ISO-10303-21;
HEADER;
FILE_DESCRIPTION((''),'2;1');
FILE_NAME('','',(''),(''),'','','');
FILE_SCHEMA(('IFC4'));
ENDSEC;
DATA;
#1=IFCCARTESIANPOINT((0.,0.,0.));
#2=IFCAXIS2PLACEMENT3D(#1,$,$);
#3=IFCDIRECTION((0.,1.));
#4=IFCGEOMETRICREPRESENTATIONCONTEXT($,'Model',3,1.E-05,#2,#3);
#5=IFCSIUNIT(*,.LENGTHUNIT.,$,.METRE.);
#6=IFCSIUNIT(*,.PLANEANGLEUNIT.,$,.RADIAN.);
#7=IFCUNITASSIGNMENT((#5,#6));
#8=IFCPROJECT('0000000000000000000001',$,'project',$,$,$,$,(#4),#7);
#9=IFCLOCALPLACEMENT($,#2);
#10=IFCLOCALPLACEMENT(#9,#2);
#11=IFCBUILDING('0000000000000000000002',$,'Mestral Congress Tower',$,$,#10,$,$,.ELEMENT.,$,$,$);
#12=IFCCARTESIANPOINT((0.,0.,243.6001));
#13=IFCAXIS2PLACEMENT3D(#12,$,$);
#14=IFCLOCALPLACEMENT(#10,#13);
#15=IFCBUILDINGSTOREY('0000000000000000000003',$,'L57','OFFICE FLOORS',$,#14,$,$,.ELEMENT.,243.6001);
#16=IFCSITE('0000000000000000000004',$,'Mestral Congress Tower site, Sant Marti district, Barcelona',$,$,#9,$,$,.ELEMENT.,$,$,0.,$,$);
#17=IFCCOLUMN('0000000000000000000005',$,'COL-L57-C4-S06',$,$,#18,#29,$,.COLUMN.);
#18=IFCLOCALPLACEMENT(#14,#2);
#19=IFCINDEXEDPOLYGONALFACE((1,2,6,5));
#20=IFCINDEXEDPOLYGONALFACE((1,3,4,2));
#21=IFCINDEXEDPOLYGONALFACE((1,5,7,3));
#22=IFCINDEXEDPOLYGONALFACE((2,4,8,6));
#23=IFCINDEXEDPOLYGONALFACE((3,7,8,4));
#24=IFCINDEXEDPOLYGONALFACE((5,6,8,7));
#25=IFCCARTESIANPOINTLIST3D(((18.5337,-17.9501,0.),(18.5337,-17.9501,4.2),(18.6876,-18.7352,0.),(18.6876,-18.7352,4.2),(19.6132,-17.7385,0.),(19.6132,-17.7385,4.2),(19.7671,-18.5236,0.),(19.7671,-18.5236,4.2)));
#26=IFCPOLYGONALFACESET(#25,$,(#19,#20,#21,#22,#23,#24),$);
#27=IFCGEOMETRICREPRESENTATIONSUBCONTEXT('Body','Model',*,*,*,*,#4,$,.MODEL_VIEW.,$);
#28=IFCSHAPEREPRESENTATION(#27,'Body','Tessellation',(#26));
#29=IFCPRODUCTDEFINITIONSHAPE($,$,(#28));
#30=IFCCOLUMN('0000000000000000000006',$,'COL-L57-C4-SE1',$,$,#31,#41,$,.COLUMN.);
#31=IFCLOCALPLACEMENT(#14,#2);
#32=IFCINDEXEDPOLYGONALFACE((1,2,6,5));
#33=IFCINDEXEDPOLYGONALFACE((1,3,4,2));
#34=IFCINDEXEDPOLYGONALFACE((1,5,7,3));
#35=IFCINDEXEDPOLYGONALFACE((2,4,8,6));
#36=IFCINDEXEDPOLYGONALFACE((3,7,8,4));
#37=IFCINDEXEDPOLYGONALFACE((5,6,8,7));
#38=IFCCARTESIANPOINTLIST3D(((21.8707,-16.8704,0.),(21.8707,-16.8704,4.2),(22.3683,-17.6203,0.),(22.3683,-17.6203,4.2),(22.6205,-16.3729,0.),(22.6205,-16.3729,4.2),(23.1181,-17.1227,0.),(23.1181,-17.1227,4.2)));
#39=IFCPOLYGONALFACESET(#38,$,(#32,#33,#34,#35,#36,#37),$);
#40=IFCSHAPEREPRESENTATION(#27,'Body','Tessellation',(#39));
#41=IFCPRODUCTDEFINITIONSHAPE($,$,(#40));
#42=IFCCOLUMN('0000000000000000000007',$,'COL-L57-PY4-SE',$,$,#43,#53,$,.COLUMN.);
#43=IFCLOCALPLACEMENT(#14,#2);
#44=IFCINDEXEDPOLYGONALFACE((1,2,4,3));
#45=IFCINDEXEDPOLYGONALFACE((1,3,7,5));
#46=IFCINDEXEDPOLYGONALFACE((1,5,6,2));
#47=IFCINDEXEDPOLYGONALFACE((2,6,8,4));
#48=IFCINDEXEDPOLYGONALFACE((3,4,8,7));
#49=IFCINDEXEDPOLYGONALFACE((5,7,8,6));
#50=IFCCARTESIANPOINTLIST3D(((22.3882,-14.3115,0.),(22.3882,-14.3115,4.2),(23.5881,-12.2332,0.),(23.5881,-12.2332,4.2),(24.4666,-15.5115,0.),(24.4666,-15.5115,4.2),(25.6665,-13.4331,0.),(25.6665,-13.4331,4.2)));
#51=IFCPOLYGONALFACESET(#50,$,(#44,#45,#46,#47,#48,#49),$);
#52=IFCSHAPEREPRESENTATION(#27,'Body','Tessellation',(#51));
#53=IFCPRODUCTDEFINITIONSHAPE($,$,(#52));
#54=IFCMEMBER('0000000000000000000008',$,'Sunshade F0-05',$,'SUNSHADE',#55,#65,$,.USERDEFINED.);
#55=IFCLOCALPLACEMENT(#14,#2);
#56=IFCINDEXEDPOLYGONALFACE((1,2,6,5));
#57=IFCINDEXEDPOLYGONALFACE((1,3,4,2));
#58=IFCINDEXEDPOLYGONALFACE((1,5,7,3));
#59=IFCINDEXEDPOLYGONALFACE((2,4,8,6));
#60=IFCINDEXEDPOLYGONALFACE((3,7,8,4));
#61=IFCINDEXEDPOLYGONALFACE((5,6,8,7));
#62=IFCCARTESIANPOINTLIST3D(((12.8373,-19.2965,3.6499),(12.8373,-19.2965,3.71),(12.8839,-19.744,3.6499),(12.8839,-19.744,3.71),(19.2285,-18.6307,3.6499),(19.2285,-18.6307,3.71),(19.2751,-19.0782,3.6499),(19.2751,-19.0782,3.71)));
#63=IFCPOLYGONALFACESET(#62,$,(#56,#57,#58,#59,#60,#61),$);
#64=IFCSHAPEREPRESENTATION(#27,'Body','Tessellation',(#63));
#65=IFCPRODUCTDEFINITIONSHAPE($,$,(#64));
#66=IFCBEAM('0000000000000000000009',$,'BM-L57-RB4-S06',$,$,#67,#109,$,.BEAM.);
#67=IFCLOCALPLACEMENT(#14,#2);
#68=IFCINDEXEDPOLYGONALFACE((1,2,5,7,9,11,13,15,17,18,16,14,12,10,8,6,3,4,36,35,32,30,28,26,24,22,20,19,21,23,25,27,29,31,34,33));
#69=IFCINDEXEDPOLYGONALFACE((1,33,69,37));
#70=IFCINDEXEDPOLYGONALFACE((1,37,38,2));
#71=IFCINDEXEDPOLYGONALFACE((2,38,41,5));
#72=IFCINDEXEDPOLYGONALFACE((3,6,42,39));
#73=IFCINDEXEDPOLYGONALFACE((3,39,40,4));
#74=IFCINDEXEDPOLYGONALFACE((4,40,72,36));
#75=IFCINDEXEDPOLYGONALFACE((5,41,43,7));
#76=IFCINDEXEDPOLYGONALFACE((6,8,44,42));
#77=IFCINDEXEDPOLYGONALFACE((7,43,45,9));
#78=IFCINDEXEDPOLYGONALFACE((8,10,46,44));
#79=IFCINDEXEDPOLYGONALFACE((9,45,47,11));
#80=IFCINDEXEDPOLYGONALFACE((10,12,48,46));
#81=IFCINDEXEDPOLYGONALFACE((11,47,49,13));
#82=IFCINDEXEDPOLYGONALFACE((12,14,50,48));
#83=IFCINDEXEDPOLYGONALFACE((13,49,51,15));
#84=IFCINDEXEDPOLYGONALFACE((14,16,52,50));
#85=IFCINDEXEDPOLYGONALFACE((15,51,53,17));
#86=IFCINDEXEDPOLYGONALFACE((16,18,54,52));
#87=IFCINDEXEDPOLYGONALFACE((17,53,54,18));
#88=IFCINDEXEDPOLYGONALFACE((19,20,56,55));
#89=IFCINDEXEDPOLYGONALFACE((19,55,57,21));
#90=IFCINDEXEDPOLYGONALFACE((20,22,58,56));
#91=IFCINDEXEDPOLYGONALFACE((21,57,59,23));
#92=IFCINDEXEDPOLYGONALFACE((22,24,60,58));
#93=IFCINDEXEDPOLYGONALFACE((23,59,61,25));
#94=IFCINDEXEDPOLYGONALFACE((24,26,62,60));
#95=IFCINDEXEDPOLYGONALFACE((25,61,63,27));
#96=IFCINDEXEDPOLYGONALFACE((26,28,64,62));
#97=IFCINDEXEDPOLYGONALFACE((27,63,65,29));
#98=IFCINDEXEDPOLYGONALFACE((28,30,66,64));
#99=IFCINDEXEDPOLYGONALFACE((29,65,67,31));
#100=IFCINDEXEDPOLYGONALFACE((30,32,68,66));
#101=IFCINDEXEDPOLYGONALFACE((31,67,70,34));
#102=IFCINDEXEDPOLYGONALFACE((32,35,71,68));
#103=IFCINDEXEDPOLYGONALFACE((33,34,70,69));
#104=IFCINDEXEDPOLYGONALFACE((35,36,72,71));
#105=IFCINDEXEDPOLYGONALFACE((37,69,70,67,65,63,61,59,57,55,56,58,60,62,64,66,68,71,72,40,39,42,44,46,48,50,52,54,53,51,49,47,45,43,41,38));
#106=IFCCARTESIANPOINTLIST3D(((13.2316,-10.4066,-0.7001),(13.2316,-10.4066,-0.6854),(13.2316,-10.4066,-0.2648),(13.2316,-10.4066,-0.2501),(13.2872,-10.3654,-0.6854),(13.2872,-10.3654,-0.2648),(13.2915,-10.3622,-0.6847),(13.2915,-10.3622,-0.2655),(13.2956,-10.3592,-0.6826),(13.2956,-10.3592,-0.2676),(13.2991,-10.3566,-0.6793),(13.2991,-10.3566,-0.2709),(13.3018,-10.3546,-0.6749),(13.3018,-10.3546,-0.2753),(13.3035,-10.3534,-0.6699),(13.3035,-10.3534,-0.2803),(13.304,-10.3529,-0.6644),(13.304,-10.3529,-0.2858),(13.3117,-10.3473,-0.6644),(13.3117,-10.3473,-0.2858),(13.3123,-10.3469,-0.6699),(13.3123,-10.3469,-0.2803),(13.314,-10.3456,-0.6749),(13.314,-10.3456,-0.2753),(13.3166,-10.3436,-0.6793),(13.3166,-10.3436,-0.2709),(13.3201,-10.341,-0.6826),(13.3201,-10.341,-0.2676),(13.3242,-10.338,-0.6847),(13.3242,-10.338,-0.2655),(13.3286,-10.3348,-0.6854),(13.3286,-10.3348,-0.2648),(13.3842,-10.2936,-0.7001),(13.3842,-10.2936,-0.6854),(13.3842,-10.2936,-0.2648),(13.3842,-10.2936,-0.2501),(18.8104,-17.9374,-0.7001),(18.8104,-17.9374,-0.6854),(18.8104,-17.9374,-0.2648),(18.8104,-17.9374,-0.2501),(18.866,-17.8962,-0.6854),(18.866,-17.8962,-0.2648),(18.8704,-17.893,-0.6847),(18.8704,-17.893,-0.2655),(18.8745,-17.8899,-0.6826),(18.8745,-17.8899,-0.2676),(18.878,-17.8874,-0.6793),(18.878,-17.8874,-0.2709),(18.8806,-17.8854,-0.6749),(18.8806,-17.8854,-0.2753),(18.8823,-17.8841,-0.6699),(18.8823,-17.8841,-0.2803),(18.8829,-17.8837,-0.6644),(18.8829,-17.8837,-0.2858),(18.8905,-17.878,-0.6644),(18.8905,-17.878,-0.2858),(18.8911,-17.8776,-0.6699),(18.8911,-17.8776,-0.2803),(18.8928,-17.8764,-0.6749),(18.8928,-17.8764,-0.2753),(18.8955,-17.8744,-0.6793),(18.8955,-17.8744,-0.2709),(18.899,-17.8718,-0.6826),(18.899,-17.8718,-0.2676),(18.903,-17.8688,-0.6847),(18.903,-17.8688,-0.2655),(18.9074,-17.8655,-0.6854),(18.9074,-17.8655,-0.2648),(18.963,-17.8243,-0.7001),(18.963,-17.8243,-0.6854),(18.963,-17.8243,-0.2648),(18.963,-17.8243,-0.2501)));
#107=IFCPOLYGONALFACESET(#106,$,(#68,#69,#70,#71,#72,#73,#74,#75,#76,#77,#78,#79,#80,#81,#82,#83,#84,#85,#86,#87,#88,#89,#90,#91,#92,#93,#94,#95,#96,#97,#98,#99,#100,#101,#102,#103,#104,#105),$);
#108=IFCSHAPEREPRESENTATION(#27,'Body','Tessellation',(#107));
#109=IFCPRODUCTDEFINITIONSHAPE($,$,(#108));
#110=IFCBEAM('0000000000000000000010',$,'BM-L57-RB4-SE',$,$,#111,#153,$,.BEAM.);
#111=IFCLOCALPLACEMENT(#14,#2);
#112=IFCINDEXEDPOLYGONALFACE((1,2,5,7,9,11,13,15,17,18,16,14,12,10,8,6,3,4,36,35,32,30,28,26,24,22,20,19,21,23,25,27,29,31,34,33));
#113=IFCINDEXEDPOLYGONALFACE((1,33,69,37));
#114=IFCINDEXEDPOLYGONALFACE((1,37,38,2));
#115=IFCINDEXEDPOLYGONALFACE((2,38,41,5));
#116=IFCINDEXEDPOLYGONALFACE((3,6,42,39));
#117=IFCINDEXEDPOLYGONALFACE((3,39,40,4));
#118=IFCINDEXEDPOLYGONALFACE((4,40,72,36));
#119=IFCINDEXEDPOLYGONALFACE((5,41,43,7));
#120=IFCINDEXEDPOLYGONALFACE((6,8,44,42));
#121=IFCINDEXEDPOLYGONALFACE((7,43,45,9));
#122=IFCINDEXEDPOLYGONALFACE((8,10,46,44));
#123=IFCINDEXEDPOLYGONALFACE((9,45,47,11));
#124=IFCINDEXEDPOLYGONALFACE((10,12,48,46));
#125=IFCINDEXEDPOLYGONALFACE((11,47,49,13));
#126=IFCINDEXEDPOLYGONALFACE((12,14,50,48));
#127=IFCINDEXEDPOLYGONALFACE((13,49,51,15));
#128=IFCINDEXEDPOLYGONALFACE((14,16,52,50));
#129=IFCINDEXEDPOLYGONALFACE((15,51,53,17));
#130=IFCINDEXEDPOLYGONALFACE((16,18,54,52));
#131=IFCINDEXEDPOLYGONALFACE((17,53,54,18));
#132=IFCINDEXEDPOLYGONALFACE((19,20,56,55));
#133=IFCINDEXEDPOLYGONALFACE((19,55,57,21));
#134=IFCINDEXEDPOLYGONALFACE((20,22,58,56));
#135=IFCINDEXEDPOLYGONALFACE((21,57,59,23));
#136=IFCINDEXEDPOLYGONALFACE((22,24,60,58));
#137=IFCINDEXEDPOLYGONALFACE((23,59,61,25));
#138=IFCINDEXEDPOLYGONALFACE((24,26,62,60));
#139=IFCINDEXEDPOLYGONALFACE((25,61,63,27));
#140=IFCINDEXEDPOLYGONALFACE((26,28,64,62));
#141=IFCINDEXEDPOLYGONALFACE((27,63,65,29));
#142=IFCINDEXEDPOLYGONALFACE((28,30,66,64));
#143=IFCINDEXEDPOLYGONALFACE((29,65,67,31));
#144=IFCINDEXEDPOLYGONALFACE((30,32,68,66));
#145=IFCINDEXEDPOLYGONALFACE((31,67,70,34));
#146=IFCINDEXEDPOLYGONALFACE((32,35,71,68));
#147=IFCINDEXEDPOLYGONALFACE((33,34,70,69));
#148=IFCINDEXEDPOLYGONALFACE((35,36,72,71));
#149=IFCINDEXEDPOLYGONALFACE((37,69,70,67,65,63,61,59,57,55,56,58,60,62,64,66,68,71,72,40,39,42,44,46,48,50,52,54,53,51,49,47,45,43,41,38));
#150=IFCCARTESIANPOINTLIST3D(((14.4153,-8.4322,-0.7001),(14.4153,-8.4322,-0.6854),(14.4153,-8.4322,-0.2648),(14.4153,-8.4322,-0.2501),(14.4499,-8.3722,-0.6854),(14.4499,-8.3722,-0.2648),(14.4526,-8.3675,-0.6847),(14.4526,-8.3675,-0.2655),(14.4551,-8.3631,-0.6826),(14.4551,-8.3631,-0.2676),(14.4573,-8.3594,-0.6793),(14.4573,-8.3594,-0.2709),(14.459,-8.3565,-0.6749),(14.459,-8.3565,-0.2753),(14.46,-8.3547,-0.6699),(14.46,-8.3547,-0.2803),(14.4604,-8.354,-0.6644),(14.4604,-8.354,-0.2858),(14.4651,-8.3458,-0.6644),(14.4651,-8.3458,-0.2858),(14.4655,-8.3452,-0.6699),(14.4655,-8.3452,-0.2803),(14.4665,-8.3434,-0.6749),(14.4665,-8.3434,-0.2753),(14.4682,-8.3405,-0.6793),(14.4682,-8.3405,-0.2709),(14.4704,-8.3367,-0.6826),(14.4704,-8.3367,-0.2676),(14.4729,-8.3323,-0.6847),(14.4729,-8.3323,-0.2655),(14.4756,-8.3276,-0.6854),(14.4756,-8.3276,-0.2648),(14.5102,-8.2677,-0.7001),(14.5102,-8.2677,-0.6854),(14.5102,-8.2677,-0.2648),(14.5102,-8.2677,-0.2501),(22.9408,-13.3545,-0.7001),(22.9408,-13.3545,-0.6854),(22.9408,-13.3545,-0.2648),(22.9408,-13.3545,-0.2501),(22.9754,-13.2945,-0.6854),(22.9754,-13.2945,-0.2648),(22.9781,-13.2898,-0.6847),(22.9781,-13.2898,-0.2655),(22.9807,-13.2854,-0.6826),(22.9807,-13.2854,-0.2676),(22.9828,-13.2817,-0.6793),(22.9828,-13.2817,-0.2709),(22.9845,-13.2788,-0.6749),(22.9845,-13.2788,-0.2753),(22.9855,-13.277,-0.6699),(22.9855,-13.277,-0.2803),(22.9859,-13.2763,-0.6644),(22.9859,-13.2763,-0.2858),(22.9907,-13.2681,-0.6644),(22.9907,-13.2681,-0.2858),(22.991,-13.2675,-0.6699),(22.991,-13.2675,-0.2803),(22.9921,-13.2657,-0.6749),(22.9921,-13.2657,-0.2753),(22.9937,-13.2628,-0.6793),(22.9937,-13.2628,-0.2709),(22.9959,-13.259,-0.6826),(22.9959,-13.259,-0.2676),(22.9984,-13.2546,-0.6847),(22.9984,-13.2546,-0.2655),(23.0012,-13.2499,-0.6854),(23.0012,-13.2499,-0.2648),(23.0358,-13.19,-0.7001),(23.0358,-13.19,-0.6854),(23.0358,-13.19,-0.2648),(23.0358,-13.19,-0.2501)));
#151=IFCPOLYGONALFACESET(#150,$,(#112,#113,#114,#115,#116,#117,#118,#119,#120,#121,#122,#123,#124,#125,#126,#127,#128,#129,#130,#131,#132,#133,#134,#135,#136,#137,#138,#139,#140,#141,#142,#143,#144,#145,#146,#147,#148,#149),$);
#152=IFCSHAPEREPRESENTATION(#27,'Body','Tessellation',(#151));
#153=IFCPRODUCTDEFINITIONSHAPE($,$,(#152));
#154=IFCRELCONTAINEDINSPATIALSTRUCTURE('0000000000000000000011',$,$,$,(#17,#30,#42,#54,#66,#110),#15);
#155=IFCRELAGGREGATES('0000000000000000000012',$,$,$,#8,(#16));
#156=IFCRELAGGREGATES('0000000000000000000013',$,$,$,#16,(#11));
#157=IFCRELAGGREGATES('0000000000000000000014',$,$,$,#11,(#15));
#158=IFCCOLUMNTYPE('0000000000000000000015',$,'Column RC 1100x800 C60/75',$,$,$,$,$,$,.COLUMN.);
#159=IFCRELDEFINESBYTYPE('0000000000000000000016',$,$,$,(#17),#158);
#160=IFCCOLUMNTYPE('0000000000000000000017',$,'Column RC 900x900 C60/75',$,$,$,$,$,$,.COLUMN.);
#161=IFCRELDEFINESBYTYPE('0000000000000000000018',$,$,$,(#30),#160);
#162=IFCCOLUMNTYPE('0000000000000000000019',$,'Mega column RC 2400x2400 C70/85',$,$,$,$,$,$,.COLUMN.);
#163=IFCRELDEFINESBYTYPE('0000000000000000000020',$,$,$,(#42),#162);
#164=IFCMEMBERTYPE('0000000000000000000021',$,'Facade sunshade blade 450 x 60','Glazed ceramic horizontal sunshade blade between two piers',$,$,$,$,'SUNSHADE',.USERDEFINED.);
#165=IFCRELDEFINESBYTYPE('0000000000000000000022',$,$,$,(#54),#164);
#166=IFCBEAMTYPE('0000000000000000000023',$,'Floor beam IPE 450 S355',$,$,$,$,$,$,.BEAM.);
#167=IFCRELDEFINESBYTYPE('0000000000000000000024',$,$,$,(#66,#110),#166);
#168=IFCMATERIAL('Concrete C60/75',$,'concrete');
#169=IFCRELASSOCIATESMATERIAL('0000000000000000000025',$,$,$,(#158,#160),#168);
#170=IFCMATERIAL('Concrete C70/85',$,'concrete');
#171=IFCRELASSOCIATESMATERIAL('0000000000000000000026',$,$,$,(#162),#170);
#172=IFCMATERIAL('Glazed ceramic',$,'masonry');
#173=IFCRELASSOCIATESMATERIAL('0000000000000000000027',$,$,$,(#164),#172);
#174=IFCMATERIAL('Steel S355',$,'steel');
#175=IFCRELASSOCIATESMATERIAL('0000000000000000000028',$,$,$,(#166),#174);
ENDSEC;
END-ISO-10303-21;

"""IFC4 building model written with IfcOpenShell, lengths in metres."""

from ifc_helpers import new_model, si_unit, direction, frame, origin, origin_2d, place, context, subcontext, project, spatial, rectangle, i_section, extrude, material, material_profile, profile_set, type_object, element, save


model = new_model("IFC4")

# Units and contexts
model_context = context("Model", 3, precision=1e-05, world=origin(), true_north=direction((0.0, 1.0)))
body_context = subcontext(model_context, "Body", "Model", "MODEL_VIEW")
ifc_project = project(units=[si_unit("LENGTHUNIT", "METRE"), si_unit("PLANEANGLEUNIT", "RADIAN")], contexts=[model_context])

# Site, building, storey
site_placement = place(None, origin())
site = spatial("IfcSite", under=ifc_project, at=site_placement, Name="Mestral Congress Tower site, Sant Marti district, Barcelona", CompositionType="ELEMENT", RefElevation=0.0)
building_placement = place(site_placement, origin())
building = spatial("IfcBuilding", under=site, at=building_placement, Name="Mestral Congress Tower", CompositionType="ELEMENT")
storey_placement = place(building_placement, frame((0.0, 0.0, 243.6001)))
storey = spatial("IfcBuildingStorey", under=building, at=storey_placement, Name="L57", Description="OFFICE FLOORS", CompositionType="ELEMENT", Elevation=243.6001)

# Columns
ifc_material_1 = material(Name="Concrete C60/75", Category="concrete")
ifc_material_profile_1 = material_profile(ifc_material_1, rectangle(XDim=1.1001, YDim=0.8, at=origin_2d()), Name="RC 1100x800")
ifc_profile_set_1 = profile_set([ifc_material_profile_1], Name="Concrete C60/75")
column_type_1 = type_object("IfcColumnType", Name="Column RC 1100x800 C60/75", PredefinedType="COLUMN", material=ifc_profile_set_1)
column_1_placement = place(storey_placement, frame((19.1504, -18.2368, 0.0), z_axis=(0.0, 0.0, 1.0), x_axis=(0.981325, 0.192359, 0.0)))
element("IfcColumn", 1, at=column_1_placement, inside=storey, type_object=column_type_1, Name="COL-L57-C4-S06", PredefinedType="COLUMN", context=body_context, shape_type="SweptSolid", body=[
    extrude(rectangle(XDim=1.1001, YDim=0.8, at=origin_2d()), origin(), (0.0, 0.0, 1.0), 4.2),
])
ifc_material_profile_2 = material_profile(ifc_material_1, rectangle(XDim=0.8999, YDim=0.8999, at=origin_2d()), Name="RC 900x900")
ifc_profile_set_2 = profile_set([ifc_material_profile_2], Name="Concrete C60/75")
column_type_2 = type_object("IfcColumnType", Name="Column RC 900x900 C60/75", PredefinedType="COLUMN", material=ifc_profile_set_2)
column_2_placement = place(storey_placement, frame((22.4944, -16.9966, 0.0), z_axis=(0.0, 0.0, 1.0), x_axis=(0.833239, 0.552913, 0.0)))
element("IfcColumn", 2, at=column_2_placement, inside=storey, type_object=column_type_2, Name="COL-L57-C4-SE1", PredefinedType="COLUMN", context=body_context, shape_type="SweptSolid", body=[
    extrude(rectangle(XDim=0.8999, YDim=0.8999, at=origin_2d()), origin(), (0.0, 0.0, 1.0), 4.2),
])
ifc_material_2 = material(Name="Concrete C70/85", Category="concrete")
ifc_material_profile_3 = material_profile(ifc_material_2, rectangle(XDim=2.3999, YDim=2.3999, at=origin_2d()), Name="RC 2400x2400")
ifc_profile_set_3 = profile_set([ifc_material_profile_3], Name="Concrete C70/85")
column_type_3 = type_object("IfcColumnType", Name="Mega column RC 2400x2400 C70/85", PredefinedType="COLUMN", material=ifc_profile_set_3)
column_3_placement = place(storey_placement, frame((24.0273, -13.8723, 0.0), z_axis=(0.0, 0.0, 1.0), x_axis=(0.866025, -0.5, 0.0)))
element("IfcColumn", 3, at=column_3_placement, inside=storey, type_object=column_type_3, Name="COL-L57-PY4-SE", PredefinedType="COLUMN", context=body_context, shape_type="SweptSolid", body=[
    extrude(rectangle(XDim=2.3999, YDim=2.3999, at=origin_2d()), origin(), (0.0, 0.0, 1.0), 4.2),
])

# Member
ifc_material_3 = material(Name="Glazed ceramic", Category="masonry")
ifc_material_profile_4 = material_profile(ifc_material_3, rectangle(XDim=0.45, YDim=0.0601, at=origin_2d()), Name="Ceramic blade 450 x 60")
ifc_profile_set_4 = profile_set([ifc_material_profile_4], Name="Glazed ceramic")
member_type = type_object("IfcMemberType", Name="Facade sunshade blade 450 x 60", Description="Glazed ceramic horizontal sunshade blade between two piers", ElementType="SUNSHADE", PredefinedType="USERDEFINED", material=ifc_profile_set_4)
member_placement = place(storey_placement, frame((12.8606, -19.5203, 3.6799), z_axis=(0.994618, 0.103611, 0.0), x_axis=(-0.103611, 0.994618, 0.0)))
element("IfcMember", 4, at=member_placement, inside=storey, type_object=member_type, Name="Sunshade F0-05", ObjectType="SUNSHADE", PredefinedType="USERDEFINED", context=body_context, shape_type="SweptSolid", body=[
    extrude(rectangle(XDim=0.45, YDim=0.0601, at=origin_2d()), origin(), (0.0, 0.0, 1.0), 6.4258),
])

# Beams
ifc_material_4 = material(Name="Steel S355", Category="steel")
ifc_material_profile_5 = material_profile(ifc_material_4, i_section(OverallWidth=0.1899, OverallDepth=0.45, WebThickness=0.0095, FlangeThickness=0.0146, FilletRadius=0.021, at=origin_2d()), Name="IPE 450")
ifc_profile_set_5 = profile_set([ifc_material_profile_5], Name="Steel S355")
beam_type_1 = type_object("IfcBeamType", Name="Floor beam IPE 450 S355", PredefinedType="BEAM", material=ifc_profile_set_5)
beam_1_placement = place(storey_placement, frame((18.8867, -17.8809, -0.4751), z_axis=(-0.595263, 0.803531, 0.0), x_axis=(-0.803531, -0.595263, 0.0)))
element("IfcBeam", 5, at=beam_1_placement, inside=storey, type_object=beam_type_1, Name="BM-L57-RB4-S06", PredefinedType="BEAM", context=body_context, shape_type="SweptSolid", body=[
    extrude(i_section(OverallWidth=0.1899, OverallDepth=0.45, WebThickness=0.0095, FlangeThickness=0.0146, FilletRadius=0.021, at=origin_2d()), origin(), (0.0, 0.0, 1.0), 9.3721),
])
beam_2_placement = place(storey_placement, frame((22.9883, -13.2722, -0.4751), z_axis=(-0.866022, 0.500007, 0.0), x_axis=(-0.500007, -0.866022, 0.0)))
element("IfcBeam", 6, at=beam_2_placement, inside=storey, type_object=beam_type_1, Name="BM-L57-RB4-SE", PredefinedType="BEAM", context=body_context, shape_type="SweptSolid", body=[
    extrude(i_section(OverallWidth=0.1899, OverallDepth=0.45, WebThickness=0.0095, FlangeThickness=0.0146, FilletRadius=0.021, at=origin_2d()), origin(), (0.0, 0.0, 1.0), 9.8445),
])

save(model, "model.ifc")
